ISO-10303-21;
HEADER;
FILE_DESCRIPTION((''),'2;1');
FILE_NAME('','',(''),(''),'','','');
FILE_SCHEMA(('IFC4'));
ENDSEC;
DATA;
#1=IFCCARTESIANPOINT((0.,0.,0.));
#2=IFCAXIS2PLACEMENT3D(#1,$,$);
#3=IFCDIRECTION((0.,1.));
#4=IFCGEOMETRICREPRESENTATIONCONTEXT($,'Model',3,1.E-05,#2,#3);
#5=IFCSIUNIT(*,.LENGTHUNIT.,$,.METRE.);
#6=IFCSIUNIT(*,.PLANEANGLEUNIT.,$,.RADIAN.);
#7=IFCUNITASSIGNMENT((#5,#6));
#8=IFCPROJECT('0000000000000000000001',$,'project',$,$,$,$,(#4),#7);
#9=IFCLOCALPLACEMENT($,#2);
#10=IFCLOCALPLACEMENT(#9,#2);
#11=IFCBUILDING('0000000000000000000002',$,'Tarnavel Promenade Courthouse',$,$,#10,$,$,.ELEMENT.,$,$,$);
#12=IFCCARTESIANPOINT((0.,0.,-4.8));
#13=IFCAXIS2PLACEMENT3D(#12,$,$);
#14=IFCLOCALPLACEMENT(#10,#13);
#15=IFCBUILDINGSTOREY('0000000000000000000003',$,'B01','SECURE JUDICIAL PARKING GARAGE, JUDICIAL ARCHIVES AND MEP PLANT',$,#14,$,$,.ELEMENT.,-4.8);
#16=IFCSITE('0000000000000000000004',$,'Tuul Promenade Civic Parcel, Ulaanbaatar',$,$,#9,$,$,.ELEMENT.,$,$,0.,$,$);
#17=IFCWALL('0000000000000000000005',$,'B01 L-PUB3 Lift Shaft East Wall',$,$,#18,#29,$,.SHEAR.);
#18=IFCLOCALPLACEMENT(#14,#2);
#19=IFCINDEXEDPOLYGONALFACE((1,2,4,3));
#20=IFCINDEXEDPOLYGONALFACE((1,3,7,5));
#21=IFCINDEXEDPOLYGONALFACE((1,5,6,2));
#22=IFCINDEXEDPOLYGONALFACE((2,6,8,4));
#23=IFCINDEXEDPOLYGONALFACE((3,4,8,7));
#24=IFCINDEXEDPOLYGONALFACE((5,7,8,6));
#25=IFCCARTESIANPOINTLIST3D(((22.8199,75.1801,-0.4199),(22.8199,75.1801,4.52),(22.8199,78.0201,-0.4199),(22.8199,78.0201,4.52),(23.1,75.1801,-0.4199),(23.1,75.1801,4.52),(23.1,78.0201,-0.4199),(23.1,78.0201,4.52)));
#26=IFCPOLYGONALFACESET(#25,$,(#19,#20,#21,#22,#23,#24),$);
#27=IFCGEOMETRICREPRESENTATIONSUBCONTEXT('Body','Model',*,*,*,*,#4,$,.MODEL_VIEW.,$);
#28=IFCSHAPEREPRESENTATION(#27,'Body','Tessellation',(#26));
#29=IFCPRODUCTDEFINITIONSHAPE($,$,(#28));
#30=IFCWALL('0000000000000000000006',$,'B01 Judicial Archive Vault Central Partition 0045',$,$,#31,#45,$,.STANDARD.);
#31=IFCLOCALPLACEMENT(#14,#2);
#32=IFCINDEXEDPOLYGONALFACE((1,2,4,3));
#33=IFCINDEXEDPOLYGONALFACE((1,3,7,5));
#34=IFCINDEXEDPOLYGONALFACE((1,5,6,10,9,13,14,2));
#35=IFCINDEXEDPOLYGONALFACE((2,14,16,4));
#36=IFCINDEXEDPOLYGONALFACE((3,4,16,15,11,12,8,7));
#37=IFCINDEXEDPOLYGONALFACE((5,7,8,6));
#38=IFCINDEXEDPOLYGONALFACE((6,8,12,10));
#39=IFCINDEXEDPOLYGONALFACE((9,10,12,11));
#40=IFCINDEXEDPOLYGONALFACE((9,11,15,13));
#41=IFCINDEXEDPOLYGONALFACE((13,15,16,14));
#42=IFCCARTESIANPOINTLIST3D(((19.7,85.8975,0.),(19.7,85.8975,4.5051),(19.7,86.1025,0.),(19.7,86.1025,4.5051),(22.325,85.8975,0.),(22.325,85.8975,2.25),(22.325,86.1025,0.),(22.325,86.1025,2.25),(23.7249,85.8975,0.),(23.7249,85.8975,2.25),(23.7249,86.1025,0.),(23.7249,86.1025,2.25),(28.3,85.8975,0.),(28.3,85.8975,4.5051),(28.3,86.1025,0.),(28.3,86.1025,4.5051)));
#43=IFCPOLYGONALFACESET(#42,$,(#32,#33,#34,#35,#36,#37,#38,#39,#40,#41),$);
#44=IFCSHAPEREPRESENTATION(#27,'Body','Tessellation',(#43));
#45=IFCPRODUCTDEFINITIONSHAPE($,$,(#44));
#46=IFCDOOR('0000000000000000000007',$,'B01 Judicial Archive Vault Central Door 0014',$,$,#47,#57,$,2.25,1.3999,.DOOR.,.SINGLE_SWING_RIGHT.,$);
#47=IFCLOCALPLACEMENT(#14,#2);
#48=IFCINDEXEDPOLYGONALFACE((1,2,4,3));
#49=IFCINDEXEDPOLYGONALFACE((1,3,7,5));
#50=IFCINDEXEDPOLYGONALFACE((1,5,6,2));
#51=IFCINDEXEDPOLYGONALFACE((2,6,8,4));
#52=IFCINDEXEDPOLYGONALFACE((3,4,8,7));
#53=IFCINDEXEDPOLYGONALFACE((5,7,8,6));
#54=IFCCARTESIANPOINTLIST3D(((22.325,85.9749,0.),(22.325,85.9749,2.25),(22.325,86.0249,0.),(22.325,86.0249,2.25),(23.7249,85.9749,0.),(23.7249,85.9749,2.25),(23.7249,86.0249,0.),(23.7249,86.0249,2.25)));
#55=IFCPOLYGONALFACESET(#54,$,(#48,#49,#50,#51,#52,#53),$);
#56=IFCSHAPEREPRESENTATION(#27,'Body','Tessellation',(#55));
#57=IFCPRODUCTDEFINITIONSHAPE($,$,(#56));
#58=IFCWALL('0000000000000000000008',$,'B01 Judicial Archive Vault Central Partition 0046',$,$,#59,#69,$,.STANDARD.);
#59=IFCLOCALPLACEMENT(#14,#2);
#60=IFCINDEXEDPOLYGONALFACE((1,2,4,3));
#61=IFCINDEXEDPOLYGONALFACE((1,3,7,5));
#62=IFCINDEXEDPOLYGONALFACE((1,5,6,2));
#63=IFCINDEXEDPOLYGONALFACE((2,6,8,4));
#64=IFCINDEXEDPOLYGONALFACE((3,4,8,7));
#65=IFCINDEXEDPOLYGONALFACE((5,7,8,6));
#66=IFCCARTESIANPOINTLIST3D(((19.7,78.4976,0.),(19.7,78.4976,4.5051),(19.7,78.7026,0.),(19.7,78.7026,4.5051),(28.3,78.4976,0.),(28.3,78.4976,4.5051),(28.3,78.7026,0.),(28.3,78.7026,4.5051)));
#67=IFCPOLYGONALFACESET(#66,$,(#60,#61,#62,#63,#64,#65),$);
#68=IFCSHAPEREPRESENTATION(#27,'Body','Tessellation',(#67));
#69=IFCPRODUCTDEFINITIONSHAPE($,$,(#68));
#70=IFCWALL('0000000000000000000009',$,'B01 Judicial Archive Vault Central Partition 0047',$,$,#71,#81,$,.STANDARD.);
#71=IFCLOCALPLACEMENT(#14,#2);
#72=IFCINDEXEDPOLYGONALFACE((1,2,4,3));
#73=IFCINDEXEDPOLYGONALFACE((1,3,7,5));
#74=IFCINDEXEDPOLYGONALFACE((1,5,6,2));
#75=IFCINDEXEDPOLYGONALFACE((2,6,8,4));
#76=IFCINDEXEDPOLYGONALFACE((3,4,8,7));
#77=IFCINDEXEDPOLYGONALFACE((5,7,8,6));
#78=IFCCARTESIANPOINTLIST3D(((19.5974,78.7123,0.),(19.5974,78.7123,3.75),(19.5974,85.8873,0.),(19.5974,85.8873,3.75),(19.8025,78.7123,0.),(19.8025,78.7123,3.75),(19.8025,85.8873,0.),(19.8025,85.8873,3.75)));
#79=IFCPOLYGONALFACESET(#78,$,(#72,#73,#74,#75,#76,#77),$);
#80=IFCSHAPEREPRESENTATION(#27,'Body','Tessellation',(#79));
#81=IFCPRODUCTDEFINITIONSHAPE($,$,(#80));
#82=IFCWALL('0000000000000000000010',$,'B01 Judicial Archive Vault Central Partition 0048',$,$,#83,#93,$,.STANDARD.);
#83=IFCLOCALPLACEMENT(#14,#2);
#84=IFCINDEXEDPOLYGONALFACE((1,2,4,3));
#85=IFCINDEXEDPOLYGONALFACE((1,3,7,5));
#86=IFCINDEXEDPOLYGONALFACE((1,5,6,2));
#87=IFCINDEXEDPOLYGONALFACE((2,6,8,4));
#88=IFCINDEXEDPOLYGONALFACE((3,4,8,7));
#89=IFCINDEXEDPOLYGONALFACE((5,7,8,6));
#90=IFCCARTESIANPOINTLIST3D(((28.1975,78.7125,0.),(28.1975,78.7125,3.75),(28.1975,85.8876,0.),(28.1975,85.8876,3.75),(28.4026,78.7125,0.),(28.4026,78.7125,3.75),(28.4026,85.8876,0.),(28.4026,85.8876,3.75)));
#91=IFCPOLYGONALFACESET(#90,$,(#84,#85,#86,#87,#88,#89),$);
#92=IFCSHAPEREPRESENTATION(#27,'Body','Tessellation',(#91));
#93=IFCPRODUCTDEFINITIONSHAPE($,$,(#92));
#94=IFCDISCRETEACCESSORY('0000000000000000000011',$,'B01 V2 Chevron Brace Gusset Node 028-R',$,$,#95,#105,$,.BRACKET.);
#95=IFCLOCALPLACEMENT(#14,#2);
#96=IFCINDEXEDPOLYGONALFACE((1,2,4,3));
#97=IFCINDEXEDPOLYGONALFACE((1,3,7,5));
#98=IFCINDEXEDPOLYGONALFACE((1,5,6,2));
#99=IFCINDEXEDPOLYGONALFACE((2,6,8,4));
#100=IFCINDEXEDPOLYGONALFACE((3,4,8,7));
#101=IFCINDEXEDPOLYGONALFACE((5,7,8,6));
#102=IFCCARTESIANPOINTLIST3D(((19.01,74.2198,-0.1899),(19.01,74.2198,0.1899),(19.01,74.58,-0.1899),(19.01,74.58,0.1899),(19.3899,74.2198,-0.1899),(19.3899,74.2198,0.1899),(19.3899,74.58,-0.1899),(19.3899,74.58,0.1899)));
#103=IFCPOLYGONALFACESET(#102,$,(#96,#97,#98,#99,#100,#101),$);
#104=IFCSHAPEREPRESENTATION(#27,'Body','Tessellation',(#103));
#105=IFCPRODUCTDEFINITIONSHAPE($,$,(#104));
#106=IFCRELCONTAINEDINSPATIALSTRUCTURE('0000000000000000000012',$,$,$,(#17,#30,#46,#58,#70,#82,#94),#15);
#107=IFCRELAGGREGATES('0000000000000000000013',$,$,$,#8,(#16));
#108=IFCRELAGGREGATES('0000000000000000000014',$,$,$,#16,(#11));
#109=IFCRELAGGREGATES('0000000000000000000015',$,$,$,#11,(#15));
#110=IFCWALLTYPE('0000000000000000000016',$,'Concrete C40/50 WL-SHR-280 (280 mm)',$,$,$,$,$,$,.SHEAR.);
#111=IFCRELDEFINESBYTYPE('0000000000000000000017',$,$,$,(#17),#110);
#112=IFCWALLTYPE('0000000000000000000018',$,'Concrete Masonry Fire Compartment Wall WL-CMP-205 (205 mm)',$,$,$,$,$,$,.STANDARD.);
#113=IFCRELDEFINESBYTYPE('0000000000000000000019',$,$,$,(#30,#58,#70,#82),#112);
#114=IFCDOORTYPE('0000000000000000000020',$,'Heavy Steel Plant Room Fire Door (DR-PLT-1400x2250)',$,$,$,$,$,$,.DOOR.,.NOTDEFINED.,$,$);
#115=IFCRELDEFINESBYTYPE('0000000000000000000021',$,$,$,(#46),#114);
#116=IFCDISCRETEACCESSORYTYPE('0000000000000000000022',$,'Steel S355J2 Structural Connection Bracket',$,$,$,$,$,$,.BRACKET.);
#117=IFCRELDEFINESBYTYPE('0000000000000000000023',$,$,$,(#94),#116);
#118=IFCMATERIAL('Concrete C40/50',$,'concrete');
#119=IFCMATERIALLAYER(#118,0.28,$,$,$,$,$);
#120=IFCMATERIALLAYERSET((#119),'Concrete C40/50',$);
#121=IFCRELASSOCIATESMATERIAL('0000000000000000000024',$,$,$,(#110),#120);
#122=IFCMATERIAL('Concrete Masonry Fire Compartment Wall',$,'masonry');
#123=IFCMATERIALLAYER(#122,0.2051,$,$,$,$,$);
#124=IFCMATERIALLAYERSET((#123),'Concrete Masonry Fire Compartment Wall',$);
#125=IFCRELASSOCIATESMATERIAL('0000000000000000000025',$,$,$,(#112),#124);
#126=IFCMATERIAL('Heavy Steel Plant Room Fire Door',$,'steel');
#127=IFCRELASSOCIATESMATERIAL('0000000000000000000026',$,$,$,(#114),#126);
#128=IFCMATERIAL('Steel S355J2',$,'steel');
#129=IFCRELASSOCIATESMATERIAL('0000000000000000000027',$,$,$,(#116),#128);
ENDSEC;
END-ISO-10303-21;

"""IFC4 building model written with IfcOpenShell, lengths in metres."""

from ifc_helpers import new_model, si_unit, direction, frame, frame_2d, origin, origin_2d, place, context, subcontext, project, spatial, rectangle, extrude, material, layer, layer_set, type_object, element, fill, save


model = new_model("IFC4")

# Units and contexts
model_context = context("Model", 3, precision=1e-05, world=origin(), true_north=direction((0.0, 1.0)))
body_context = subcontext(model_context, "Body", "Model", "MODEL_VIEW")
ifc_project = project(units=[si_unit("LENGTHUNIT", "METRE"), si_unit("PLANEANGLEUNIT", "RADIAN")], contexts=[model_context])

# Site, building, storey
site_placement = place(None, origin())
site = spatial("IfcSite", under=ifc_project, at=site_placement, Name="Tuul Promenade Civic Parcel, Ulaanbaatar", CompositionType="ELEMENT", RefElevation=0.0)
building_placement = place(site_placement, origin())
building = spatial("IfcBuilding", under=site, at=building_placement, Name="Tarnavel Promenade Courthouse", CompositionType="ELEMENT")
storey_placement = place(building_placement, frame((0.0, 0.0, -4.8)))
storey = spatial("IfcBuildingStorey", under=building, at=storey_placement, Name="B01", Description="SECURE JUDICIAL PARKING GARAGE, JUDICIAL ARCHIVES AND MEP PLANT", CompositionType="ELEMENT", Elevation=-4.8)

# Shared definitions
ifc_material_1 = material(Name="Concrete C40/50", Category="concrete")

# Shared definitions
ifc_material_2 = material(Name="Steel S355J2", Category="steel")

# Wall
ifc_layer_1 = layer(ifc_material_1, 0.28)
ifc_layer_set_1 = layer_set([ifc_layer_1], Name="Concrete C40/50")
wall_type_1 = type_object("IfcWallType", Name="Concrete C40/50 WL-SHR-280 (280 mm)", PredefinedType="SHEAR", material=ifc_layer_set_1)
for number, where, z_axis, x_axis, name in (
    (1, (22.96, 78.02, -0.4199), (0.0, 0.0, 1.0), (0.0, -1.0, 0.0), "B01 L-PUB3 Lift Shaft East Wall"),
):
    element("IfcWall", number, at=place(storey_placement, frame(where, z_axis=z_axis, x_axis=x_axis)), inside=storey, type_object=wall_type_1, Name=name, PredefinedType="SHEAR", context=body_context, shape_type="SweptSolid", body=[
        extrude(rectangle(XDim=2.8401, YDim=0.28, at=frame_2d((1.4199, 0.0))), origin(), (0.0, 0.0, 1.0), 4.9399),
    ])

# Wall, opening, door
ifc_material_3 = material(Name="Concrete Masonry Fire Compartment Wall", Category="masonry")
ifc_layer_2 = layer(ifc_material_3, 0.2051)
ifc_layer_set_2 = layer_set([ifc_layer_2], Name="Concrete Masonry Fire Compartment Wall")
wall_type_2 = type_object("IfcWallType", Name="Concrete Masonry Fire Compartment Wall WL-CMP-205 (205 mm)", PredefinedType="STANDARD", material=ifc_layer_set_2)
wall_1_placement = place(storey_placement, frame((19.7, 86.0, 0.0), z_axis=(0.0, 0.0, 1.0), x_axis=(1.0, 0.0, 0.0)))
wall_1 = element("IfcWall", 2, at=wall_1_placement, inside=storey, type_object=wall_type_2, Name="B01 Judicial Archive Vault Central Partition 0045", PredefinedType="STANDARD", context=body_context, shape_type="SweptSolid", body=[
    extrude(rectangle(XDim=8.6001, YDim=0.2051, at=frame_2d((4.3, 0.0))), origin(), (0.0, 0.0, 1.0), 4.5051),
])
opening_placement = place(wall_1_placement, frame((2.625, 0.0, 0.0)))
opening = element("IfcOpeningElement", 3, at=opening_placement, cuts=wall_1, PredefinedType="OPENING", context=body_context, shape_type="SweptSolid", body=[
    extrude(rectangle(XDim=1.3999, YDim=2.25, at=frame_2d((0.7, 1.125))), frame((0.0, 0.1125, 0.0), z_axis=(0.0, -1.0, 0.0), x_axis=(1.0, 0.0, 0.0)), (0.0, 0.0, 1.0), 0.2251),
])
ifc_material_4 = material(Name="Heavy Steel Plant Room Fire Door", Category="steel")
door_type = type_object("IfcDoorType", Name="Heavy Steel Plant Room Fire Door (DR-PLT-1400x2250)", OperationType="NOTDEFINED", PredefinedType="DOOR", material=ifc_material_4)
door_placement = place(opening_placement, origin())
door = element("IfcDoor", 4, at=door_placement, inside=storey, type_object=door_type, Name="B01 Judicial Archive Vault Central Door 0014", OperationType="SINGLE_SWING_RIGHT", OverallHeight=2.25, OverallWidth=1.3999, PredefinedType="DOOR", context=body_context, shape_type="SweptSolid", body=[
    extrude(rectangle(XDim=1.3999, YDim=2.25, at=frame_2d((0.7, 1.125))), frame((0.0, 0.0249, 0.0), z_axis=(0.0, -1.0, 0.0), x_axis=(1.0, 0.0, 0.0)), (0.0, 0.0, 1.0), 0.05),
])
fill(opening, door)

# Walls
wall_2_placement = place(storey_placement, frame((28.3, 78.6001, 0.0), z_axis=(0.0, 0.0, 1.0), x_axis=(-1.0, 0.0, 0.0)))
element("IfcWall", 5, at=wall_2_placement, inside=storey, type_object=wall_type_2, Name="B01 Judicial Archive Vault Central Partition 0046", PredefinedType="STANDARD", context=body_context, shape_type="SweptSolid", body=[
    extrude(rectangle(XDim=8.6001, YDim=0.2051, at=frame_2d((4.3, 0.0))), origin(), (0.0, 0.0, 1.0), 4.5051),
])
for number, where, z_axis, x_axis, name in (
    (6, (19.7, 78.7124, 0.0), (0.0, 0.0, 1.0), (0.0, 1.0, 0.0), "B01 Judicial Archive Vault Central Partition 0047"),
    (7, (28.3, 85.8875, 0.0), (0.0, 0.0, 1.0), (0.0, -1.0, 0.0), "B01 Judicial Archive Vault Central Partition 0048"),
):
    element("IfcWall", number, at=place(storey_placement, frame(where, z_axis=z_axis, x_axis=x_axis)), inside=storey, type_object=wall_type_2, Name=name, PredefinedType="STANDARD", context=body_context, shape_type="SweptSolid", body=[
        extrude(rectangle(XDim=7.175, YDim=0.2051, at=frame_2d((3.5874, 0.0))), origin(), (0.0, 0.0, 1.0), 3.75),
    ])

# Discrete accessory
discrete_accessory_type = type_object("IfcDiscreteAccessoryType", Name="Steel S355J2 Structural Connection Bracket", PredefinedType="BRACKET", material=ifc_material_2)
discrete_accessory_placement = place(storey_placement, frame((19.2, 74.3999, -0.1899), z_axis=(0.0, 0.0, 1.0), x_axis=(1.0, 0.0, 0.0)))
element("IfcDiscreteAccessory", 8, at=discrete_accessory_placement, inside=storey, type_object=discrete_accessory_type, Name="B01 V2 Chevron Brace Gusset Node 028-R", PredefinedType="BRACKET", context=body_context, shape_type="SweptSolid", body=[
    extrude(rectangle(XDim=0.3799, YDim=0.3601, at=origin_2d()), origin(), (0.0, 0.0, 1.0), 0.3799),
])

save(model, "model.ifc")
